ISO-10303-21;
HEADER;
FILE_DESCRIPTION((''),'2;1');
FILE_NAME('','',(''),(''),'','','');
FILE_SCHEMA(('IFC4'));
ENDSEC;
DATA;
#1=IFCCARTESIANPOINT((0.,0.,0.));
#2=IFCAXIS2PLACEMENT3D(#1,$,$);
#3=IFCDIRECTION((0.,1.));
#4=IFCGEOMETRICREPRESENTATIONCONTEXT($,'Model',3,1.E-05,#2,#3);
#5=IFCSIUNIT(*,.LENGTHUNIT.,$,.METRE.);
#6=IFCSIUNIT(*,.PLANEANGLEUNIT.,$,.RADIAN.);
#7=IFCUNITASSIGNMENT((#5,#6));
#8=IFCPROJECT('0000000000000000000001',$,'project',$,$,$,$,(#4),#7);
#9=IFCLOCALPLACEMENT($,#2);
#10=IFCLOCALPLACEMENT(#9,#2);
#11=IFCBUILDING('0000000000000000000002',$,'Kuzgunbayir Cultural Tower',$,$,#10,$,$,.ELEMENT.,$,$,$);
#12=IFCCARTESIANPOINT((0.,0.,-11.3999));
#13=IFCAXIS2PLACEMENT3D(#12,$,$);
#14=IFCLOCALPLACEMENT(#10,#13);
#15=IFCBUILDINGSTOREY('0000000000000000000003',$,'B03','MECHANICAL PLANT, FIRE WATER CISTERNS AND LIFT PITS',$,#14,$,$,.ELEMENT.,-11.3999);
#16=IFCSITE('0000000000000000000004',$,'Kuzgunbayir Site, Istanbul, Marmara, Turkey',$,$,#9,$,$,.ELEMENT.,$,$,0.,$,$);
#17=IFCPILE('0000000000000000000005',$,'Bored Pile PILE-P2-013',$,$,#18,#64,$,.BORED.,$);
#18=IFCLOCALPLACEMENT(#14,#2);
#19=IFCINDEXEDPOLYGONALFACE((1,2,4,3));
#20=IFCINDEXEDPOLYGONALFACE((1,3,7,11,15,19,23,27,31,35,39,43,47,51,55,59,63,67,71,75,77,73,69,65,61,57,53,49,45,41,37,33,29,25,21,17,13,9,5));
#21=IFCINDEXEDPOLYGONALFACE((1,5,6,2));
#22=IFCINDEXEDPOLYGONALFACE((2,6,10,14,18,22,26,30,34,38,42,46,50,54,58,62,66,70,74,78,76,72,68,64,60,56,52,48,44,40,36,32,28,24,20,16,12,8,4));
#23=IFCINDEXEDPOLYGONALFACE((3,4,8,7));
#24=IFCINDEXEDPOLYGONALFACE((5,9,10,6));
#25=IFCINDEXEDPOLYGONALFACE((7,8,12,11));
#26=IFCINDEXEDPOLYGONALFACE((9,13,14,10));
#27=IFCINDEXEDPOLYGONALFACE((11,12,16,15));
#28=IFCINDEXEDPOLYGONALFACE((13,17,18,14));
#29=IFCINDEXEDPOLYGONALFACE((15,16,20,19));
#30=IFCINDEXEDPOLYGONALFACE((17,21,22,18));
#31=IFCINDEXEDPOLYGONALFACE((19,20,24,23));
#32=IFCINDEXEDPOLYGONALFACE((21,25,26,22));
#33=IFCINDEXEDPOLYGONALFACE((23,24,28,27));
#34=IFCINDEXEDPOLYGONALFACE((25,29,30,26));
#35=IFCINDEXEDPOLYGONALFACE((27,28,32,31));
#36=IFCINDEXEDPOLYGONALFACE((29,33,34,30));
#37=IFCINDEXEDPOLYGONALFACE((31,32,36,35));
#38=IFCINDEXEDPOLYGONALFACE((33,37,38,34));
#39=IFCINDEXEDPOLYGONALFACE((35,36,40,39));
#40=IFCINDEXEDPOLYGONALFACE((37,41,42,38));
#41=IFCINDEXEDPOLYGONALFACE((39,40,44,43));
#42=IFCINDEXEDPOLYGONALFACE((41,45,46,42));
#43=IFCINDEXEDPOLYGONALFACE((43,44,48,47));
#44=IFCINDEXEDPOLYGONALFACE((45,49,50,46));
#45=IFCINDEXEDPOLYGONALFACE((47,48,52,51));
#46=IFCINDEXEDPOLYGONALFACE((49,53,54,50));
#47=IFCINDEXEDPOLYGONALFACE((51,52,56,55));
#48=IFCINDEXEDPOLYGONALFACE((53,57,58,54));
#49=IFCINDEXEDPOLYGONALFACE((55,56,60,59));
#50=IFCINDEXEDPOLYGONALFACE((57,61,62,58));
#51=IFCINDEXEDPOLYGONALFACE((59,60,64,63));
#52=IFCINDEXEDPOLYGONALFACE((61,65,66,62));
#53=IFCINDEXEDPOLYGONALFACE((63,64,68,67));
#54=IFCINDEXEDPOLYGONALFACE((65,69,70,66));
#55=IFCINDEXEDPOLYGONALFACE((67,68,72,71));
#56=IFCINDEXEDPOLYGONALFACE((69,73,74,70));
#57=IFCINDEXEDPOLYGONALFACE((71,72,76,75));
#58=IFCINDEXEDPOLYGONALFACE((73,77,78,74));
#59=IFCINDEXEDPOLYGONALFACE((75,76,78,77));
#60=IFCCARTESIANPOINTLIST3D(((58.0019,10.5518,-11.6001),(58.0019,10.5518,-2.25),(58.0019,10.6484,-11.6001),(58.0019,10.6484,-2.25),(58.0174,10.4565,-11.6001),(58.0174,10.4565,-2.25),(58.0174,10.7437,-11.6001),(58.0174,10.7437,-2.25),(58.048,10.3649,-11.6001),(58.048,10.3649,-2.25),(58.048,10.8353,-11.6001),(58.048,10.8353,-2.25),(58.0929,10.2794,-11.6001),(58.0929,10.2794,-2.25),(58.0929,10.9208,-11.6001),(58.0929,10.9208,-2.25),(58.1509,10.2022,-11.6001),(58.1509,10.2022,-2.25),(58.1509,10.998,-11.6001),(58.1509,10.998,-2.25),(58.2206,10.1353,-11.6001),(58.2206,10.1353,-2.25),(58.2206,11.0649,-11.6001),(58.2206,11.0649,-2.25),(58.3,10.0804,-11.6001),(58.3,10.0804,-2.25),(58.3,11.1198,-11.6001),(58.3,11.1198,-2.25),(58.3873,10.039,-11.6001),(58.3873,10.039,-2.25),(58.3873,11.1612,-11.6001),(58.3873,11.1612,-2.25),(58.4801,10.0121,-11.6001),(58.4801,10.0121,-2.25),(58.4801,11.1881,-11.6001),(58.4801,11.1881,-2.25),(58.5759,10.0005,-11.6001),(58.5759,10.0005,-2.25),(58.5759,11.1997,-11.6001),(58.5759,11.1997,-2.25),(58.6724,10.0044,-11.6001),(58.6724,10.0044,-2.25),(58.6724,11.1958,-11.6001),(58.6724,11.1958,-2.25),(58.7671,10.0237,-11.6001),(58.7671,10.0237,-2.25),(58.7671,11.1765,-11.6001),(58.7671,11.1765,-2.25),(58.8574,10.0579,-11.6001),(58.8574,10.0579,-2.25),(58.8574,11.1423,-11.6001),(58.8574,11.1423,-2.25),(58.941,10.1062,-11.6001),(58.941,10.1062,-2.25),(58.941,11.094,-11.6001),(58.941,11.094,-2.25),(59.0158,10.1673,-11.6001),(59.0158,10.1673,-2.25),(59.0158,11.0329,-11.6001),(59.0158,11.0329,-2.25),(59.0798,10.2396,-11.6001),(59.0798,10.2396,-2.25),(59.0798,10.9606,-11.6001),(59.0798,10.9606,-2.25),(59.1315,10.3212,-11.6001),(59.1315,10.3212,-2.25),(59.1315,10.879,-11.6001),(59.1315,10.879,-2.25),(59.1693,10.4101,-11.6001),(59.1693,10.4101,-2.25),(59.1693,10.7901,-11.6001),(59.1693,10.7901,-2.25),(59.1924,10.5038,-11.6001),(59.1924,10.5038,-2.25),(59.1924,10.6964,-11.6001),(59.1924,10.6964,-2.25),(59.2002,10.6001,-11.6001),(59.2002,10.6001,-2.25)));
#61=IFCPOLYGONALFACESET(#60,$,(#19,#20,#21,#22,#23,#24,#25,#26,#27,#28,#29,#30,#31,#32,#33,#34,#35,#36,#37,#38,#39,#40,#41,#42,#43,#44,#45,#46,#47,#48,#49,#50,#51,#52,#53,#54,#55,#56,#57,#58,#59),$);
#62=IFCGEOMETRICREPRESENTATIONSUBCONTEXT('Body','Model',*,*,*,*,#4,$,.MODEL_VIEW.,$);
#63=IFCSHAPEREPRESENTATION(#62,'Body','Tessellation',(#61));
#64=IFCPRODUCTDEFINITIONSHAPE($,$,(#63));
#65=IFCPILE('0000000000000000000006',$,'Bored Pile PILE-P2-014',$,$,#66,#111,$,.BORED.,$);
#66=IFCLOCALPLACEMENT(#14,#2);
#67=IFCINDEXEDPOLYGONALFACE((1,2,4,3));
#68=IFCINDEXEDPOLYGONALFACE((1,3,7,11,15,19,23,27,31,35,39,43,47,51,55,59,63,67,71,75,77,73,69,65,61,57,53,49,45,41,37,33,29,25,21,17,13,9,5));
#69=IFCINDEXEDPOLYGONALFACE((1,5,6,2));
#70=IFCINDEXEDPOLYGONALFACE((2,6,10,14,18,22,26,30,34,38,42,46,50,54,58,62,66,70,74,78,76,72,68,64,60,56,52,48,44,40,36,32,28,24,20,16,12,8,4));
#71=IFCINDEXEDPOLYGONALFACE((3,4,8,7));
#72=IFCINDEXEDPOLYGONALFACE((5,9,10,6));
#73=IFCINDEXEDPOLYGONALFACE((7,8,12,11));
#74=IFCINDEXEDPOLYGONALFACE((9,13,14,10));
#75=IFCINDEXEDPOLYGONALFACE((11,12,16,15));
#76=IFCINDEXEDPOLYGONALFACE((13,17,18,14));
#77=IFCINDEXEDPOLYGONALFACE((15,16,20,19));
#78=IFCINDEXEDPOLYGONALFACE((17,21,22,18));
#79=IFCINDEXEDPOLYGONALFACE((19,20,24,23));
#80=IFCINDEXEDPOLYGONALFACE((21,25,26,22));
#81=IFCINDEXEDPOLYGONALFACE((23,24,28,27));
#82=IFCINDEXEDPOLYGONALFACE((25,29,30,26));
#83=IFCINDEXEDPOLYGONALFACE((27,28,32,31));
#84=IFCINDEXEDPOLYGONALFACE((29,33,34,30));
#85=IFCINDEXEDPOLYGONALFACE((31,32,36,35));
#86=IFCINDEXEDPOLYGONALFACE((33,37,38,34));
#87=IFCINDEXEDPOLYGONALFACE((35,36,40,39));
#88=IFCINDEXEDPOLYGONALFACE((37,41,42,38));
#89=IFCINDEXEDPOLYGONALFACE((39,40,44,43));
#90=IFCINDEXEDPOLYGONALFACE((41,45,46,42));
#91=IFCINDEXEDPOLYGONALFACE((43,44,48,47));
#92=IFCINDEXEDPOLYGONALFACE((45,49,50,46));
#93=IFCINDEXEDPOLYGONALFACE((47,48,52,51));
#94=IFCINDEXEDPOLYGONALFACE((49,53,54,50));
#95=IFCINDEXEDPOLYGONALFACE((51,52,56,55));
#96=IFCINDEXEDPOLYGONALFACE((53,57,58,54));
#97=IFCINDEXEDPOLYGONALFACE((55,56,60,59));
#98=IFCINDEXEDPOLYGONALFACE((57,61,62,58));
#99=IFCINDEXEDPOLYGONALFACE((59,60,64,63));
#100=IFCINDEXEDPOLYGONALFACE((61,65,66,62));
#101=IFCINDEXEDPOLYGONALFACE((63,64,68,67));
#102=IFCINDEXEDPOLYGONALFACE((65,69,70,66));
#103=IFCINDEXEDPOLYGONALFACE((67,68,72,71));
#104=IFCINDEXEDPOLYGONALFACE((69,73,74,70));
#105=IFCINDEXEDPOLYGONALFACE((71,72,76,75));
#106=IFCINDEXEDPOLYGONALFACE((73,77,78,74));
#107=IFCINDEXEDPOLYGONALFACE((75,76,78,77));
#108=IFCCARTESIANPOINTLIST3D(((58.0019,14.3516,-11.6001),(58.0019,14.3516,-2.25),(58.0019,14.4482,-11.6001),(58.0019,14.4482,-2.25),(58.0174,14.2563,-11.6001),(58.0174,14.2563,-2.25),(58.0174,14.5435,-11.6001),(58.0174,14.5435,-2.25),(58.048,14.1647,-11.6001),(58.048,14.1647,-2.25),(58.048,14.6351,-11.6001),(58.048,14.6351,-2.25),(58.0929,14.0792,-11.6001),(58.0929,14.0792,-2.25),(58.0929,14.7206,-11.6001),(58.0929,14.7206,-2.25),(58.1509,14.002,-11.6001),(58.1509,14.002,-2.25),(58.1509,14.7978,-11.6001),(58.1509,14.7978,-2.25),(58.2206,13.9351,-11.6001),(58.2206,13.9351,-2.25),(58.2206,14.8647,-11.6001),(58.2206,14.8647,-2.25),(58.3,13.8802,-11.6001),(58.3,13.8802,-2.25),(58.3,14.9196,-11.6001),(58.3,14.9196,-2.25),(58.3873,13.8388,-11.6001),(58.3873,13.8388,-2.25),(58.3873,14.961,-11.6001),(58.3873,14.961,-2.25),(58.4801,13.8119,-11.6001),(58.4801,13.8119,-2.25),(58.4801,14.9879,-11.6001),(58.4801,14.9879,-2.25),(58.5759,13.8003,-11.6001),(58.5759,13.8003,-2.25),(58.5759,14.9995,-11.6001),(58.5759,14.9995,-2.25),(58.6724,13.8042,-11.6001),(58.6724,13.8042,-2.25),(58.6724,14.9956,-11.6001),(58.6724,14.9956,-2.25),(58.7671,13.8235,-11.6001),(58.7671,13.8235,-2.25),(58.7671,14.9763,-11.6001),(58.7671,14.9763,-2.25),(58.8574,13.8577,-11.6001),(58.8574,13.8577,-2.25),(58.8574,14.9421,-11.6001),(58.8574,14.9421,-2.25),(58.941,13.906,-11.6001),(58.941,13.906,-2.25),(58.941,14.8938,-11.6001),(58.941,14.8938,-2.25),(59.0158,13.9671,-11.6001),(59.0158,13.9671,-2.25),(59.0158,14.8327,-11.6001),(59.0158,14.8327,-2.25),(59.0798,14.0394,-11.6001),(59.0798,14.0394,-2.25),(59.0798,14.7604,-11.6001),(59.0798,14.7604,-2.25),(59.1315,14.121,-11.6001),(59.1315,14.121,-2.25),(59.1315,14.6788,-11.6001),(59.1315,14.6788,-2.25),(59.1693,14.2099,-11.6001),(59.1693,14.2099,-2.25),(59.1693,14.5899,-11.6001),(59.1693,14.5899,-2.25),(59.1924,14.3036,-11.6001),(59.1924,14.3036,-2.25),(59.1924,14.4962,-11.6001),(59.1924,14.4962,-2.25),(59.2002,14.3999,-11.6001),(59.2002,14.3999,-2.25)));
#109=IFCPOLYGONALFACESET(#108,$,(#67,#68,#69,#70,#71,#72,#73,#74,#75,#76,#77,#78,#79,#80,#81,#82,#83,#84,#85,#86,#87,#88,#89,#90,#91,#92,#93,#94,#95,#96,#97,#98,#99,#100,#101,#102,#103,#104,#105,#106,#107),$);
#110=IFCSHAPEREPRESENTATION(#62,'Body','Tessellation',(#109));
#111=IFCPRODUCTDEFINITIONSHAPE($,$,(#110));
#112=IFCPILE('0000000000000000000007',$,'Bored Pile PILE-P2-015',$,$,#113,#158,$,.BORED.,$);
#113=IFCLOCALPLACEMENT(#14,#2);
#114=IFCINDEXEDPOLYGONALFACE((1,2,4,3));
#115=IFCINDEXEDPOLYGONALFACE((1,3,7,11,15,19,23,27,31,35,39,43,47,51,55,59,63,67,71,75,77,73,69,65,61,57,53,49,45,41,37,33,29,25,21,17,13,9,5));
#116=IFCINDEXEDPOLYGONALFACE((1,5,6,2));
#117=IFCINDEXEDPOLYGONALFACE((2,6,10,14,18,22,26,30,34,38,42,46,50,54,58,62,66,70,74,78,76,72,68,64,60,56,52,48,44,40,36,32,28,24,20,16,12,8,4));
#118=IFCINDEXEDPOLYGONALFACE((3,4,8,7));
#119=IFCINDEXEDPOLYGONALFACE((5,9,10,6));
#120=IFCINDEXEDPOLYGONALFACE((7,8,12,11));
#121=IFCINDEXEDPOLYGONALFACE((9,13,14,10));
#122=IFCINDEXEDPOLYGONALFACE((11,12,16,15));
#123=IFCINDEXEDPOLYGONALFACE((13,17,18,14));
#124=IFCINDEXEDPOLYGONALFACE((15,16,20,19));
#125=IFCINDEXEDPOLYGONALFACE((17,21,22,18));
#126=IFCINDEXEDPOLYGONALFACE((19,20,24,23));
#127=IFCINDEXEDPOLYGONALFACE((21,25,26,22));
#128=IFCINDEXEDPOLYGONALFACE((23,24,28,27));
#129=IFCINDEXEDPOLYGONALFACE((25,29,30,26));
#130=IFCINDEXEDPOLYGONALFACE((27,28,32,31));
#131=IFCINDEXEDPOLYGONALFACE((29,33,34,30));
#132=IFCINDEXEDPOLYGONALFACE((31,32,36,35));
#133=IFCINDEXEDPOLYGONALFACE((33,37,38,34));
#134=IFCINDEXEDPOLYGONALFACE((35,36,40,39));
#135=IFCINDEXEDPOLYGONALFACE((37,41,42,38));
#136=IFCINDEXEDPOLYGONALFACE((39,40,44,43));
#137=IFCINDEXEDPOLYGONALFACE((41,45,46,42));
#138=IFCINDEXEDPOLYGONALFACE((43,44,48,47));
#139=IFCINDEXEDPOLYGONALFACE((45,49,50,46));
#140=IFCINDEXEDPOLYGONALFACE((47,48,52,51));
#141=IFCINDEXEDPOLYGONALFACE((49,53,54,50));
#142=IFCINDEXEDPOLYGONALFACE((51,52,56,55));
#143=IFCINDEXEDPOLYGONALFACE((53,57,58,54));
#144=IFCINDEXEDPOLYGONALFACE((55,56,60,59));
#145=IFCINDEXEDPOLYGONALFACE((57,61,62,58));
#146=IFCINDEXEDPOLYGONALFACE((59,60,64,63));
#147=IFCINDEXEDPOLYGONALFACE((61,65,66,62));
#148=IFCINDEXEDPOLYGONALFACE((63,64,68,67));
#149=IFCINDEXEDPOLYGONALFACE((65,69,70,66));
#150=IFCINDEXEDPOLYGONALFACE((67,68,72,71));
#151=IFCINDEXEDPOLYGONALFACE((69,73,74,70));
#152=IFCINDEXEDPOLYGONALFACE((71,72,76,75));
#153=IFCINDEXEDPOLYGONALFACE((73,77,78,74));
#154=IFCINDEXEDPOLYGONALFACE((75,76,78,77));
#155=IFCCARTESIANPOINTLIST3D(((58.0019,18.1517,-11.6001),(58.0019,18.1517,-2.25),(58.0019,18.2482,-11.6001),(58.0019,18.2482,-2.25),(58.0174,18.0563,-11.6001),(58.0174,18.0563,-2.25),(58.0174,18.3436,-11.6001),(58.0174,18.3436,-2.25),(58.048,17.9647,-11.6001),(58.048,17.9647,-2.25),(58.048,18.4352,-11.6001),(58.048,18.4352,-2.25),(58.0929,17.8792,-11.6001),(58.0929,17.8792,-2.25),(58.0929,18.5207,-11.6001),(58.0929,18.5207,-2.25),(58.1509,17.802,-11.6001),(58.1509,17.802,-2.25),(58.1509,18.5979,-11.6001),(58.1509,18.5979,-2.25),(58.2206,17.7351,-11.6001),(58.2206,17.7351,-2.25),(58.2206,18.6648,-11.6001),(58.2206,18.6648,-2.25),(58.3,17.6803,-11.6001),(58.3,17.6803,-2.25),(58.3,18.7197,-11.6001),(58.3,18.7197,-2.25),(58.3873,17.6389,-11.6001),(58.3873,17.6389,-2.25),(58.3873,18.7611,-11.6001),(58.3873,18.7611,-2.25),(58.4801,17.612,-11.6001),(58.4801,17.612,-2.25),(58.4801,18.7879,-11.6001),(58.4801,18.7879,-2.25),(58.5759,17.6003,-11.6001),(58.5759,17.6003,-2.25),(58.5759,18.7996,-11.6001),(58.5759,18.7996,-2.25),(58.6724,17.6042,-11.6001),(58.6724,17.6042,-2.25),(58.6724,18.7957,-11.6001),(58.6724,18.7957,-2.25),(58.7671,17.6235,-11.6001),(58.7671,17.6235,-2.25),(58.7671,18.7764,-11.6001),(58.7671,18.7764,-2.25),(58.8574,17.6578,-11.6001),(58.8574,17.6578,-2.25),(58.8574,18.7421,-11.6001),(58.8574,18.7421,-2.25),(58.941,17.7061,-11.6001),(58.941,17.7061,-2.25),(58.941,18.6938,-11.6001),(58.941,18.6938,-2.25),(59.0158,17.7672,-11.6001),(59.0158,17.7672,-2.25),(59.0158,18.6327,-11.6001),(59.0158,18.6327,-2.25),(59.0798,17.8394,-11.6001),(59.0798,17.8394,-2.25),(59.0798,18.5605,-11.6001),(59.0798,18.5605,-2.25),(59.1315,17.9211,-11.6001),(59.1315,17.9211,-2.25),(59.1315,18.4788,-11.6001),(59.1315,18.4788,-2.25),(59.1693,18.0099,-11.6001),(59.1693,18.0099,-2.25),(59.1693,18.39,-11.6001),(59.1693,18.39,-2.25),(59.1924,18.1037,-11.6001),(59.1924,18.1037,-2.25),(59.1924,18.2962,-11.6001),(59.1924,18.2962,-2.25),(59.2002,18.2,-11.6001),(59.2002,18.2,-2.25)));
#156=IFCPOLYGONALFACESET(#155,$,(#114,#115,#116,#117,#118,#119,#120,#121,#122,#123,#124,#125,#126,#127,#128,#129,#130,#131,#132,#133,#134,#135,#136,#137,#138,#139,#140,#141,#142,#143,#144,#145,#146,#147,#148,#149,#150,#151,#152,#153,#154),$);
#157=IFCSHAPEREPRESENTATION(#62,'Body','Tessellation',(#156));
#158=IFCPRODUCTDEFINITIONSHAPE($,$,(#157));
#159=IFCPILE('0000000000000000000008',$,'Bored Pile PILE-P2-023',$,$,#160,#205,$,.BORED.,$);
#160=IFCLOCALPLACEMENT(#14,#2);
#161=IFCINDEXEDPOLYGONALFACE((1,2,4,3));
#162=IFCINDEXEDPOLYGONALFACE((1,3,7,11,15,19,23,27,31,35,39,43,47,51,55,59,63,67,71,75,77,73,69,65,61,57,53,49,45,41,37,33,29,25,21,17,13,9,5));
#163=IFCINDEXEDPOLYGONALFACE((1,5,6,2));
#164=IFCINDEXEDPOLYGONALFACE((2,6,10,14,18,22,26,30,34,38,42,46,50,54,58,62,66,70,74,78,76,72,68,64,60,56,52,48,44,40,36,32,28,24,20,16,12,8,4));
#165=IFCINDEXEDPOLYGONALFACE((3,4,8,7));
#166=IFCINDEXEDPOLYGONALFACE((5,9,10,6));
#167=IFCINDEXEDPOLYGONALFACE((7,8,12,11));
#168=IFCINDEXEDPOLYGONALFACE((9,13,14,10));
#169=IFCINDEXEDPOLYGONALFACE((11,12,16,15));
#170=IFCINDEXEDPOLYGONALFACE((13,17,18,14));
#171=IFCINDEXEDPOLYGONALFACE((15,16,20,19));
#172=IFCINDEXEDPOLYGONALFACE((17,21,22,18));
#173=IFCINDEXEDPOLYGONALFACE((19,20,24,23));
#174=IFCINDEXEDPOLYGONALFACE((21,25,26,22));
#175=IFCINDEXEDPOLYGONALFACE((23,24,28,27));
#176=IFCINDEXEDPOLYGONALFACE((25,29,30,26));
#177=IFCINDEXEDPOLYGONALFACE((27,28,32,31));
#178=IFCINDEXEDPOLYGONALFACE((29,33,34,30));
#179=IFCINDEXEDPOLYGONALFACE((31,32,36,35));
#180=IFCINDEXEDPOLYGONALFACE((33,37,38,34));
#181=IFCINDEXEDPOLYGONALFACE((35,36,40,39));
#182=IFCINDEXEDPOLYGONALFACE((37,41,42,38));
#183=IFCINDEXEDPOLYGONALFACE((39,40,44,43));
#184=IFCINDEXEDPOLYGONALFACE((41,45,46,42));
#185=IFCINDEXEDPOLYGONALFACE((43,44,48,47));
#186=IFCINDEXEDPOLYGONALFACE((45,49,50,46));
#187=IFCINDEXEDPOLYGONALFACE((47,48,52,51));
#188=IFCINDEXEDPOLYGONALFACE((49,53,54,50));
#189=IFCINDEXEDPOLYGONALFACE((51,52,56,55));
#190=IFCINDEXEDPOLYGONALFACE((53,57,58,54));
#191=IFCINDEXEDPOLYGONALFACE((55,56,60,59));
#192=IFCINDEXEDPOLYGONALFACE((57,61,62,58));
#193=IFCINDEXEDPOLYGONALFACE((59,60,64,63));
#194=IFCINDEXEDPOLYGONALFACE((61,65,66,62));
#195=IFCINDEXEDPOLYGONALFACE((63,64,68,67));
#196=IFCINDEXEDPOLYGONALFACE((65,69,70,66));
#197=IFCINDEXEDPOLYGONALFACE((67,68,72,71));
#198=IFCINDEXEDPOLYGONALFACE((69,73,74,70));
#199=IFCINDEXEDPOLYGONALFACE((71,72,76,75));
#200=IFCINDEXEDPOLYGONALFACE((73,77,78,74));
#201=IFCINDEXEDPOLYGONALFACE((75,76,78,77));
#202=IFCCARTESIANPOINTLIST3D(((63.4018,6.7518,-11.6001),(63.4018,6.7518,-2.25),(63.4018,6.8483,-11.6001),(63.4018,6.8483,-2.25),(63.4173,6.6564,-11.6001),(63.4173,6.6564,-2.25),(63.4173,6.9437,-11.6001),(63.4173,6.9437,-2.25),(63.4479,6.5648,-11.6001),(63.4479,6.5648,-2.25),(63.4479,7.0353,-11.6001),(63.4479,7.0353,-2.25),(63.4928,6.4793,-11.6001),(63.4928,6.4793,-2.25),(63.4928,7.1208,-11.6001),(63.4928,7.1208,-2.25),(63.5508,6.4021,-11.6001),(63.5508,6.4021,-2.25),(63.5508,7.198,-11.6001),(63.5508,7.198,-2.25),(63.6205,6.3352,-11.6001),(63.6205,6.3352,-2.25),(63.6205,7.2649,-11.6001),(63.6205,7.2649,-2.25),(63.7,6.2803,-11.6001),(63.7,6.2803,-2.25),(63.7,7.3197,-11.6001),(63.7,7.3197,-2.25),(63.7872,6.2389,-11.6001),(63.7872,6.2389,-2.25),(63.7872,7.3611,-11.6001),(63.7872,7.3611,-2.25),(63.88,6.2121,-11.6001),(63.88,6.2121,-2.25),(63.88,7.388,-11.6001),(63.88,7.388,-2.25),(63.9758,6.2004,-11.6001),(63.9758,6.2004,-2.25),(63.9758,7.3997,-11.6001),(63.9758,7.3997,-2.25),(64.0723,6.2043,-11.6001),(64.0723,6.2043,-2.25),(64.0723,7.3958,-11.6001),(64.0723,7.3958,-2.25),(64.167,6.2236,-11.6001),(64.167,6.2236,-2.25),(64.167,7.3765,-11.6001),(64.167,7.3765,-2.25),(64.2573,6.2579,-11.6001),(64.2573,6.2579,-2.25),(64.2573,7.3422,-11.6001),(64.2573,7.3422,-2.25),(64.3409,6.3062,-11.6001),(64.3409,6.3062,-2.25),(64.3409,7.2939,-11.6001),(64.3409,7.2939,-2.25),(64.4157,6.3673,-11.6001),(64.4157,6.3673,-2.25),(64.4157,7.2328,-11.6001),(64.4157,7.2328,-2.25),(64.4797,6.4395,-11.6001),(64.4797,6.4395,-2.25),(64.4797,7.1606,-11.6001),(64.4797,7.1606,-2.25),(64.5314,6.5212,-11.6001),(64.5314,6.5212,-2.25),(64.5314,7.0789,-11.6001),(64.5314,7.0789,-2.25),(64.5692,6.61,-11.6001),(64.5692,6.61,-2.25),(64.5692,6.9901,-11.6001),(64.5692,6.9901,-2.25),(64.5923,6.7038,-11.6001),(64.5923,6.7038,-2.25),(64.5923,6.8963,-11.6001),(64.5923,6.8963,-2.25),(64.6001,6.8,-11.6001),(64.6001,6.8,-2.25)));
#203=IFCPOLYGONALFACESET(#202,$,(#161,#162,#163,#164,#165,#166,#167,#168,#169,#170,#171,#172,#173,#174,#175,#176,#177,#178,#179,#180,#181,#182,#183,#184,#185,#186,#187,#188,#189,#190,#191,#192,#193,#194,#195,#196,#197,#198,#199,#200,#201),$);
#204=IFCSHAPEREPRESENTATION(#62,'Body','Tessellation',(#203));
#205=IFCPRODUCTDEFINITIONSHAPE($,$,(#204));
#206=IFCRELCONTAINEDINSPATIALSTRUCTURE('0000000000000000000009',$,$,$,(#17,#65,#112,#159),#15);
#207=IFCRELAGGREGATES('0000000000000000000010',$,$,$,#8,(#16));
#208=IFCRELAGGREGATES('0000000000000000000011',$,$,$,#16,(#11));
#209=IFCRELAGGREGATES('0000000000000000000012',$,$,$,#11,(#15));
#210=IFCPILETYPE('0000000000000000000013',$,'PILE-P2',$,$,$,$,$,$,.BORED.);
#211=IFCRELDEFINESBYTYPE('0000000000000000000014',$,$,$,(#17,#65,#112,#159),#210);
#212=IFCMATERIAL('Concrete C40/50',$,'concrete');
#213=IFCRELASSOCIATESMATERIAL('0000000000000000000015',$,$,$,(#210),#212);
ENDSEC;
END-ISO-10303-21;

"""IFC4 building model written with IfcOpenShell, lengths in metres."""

from ifc_helpers import new_model, si_unit, direction, frame, origin, origin_2d, place, context, subcontext, project, spatial, circle, extrude, material, material_profile, profile_set, type_object, element, save


model = new_model("IFC4")

# Units and contexts
model_context = context("Model", 3, precision=1e-05, world=origin(), true_north=direction((0.0, 1.0)))
body_context = subcontext(model_context, "Body", "Model", "MODEL_VIEW")
ifc_project = project(units=[si_unit("LENGTHUNIT", "METRE"), si_unit("PLANEANGLEUNIT", "RADIAN")], contexts=[model_context])

# Site, building, storey
site_placement = place(None, origin())
site = spatial("IfcSite", under=ifc_project, at=site_placement, Name="Kuzgunbayir Site, Istanbul, Marmara, Turkey", CompositionType="ELEMENT", RefElevation=0.0)
building_placement = place(site_placement, origin())
building = spatial("IfcBuilding", under=site, at=building_placement, Name="Kuzgunbayir Cultural Tower", CompositionType="ELEMENT")
storey_placement = place(building_placement, frame((0.0, 0.0, -11.3999)))
storey = spatial("IfcBuildingStorey", under=building, at=storey_placement, Name="B03", Description="MECHANICAL PLANT, FIRE WATER CISTERNS AND LIFT PITS", CompositionType="ELEMENT", Elevation=-11.3999)

# Piles
ifc_material_1 = material(Name="Concrete C40/50", Category="concrete")
ifc_material_profile_1 = material_profile(ifc_material_1, circle(Radius=0.6001, at=origin_2d()), Name="BORED PILE 1200")
ifc_profile_set_1 = profile_set([ifc_material_profile_1], Name="Concrete C40/50")
pile_type_1 = type_object("IfcPileType", Name="PILE-P2", PredefinedType="BORED", material=ifc_profile_set_1)
for number, where, z_axis, x_axis, name in (
    (1, (58.6001, 10.6001, -2.25), (0.0, 0.0, -1.0), (1.0, 0.0, 0.0), "Bored Pile PILE-P2-013"),
    (2, (58.6001, 14.3999, -2.25), (0.0, 0.0, -1.0), (1.0, 0.0, 0.0), "Bored Pile PILE-P2-014"),
    (3, (58.6001, 18.2, -2.25), (0.0, 0.0, -1.0), (1.0, 0.0, 0.0), "Bored Pile PILE-P2-015"),
    (4, (64.0, 6.8, -2.25), (0.0, 0.0, -1.0), (1.0, 0.0, 0.0), "Bored Pile PILE-P2-023"),
):
    element("IfcPile", number, at=place(storey_placement, frame(where, z_axis=z_axis, x_axis=x_axis)), inside=storey, type_object=pile_type_1, Name=name, PredefinedType="BORED", context=body_context, shape_type="SweptSolid", body=[
        extrude(circle(Radius=0.6001, at=origin_2d()), origin(), (0.0, 0.0, 1.0), 9.3501),
    ])

save(model, "model.ifc")
